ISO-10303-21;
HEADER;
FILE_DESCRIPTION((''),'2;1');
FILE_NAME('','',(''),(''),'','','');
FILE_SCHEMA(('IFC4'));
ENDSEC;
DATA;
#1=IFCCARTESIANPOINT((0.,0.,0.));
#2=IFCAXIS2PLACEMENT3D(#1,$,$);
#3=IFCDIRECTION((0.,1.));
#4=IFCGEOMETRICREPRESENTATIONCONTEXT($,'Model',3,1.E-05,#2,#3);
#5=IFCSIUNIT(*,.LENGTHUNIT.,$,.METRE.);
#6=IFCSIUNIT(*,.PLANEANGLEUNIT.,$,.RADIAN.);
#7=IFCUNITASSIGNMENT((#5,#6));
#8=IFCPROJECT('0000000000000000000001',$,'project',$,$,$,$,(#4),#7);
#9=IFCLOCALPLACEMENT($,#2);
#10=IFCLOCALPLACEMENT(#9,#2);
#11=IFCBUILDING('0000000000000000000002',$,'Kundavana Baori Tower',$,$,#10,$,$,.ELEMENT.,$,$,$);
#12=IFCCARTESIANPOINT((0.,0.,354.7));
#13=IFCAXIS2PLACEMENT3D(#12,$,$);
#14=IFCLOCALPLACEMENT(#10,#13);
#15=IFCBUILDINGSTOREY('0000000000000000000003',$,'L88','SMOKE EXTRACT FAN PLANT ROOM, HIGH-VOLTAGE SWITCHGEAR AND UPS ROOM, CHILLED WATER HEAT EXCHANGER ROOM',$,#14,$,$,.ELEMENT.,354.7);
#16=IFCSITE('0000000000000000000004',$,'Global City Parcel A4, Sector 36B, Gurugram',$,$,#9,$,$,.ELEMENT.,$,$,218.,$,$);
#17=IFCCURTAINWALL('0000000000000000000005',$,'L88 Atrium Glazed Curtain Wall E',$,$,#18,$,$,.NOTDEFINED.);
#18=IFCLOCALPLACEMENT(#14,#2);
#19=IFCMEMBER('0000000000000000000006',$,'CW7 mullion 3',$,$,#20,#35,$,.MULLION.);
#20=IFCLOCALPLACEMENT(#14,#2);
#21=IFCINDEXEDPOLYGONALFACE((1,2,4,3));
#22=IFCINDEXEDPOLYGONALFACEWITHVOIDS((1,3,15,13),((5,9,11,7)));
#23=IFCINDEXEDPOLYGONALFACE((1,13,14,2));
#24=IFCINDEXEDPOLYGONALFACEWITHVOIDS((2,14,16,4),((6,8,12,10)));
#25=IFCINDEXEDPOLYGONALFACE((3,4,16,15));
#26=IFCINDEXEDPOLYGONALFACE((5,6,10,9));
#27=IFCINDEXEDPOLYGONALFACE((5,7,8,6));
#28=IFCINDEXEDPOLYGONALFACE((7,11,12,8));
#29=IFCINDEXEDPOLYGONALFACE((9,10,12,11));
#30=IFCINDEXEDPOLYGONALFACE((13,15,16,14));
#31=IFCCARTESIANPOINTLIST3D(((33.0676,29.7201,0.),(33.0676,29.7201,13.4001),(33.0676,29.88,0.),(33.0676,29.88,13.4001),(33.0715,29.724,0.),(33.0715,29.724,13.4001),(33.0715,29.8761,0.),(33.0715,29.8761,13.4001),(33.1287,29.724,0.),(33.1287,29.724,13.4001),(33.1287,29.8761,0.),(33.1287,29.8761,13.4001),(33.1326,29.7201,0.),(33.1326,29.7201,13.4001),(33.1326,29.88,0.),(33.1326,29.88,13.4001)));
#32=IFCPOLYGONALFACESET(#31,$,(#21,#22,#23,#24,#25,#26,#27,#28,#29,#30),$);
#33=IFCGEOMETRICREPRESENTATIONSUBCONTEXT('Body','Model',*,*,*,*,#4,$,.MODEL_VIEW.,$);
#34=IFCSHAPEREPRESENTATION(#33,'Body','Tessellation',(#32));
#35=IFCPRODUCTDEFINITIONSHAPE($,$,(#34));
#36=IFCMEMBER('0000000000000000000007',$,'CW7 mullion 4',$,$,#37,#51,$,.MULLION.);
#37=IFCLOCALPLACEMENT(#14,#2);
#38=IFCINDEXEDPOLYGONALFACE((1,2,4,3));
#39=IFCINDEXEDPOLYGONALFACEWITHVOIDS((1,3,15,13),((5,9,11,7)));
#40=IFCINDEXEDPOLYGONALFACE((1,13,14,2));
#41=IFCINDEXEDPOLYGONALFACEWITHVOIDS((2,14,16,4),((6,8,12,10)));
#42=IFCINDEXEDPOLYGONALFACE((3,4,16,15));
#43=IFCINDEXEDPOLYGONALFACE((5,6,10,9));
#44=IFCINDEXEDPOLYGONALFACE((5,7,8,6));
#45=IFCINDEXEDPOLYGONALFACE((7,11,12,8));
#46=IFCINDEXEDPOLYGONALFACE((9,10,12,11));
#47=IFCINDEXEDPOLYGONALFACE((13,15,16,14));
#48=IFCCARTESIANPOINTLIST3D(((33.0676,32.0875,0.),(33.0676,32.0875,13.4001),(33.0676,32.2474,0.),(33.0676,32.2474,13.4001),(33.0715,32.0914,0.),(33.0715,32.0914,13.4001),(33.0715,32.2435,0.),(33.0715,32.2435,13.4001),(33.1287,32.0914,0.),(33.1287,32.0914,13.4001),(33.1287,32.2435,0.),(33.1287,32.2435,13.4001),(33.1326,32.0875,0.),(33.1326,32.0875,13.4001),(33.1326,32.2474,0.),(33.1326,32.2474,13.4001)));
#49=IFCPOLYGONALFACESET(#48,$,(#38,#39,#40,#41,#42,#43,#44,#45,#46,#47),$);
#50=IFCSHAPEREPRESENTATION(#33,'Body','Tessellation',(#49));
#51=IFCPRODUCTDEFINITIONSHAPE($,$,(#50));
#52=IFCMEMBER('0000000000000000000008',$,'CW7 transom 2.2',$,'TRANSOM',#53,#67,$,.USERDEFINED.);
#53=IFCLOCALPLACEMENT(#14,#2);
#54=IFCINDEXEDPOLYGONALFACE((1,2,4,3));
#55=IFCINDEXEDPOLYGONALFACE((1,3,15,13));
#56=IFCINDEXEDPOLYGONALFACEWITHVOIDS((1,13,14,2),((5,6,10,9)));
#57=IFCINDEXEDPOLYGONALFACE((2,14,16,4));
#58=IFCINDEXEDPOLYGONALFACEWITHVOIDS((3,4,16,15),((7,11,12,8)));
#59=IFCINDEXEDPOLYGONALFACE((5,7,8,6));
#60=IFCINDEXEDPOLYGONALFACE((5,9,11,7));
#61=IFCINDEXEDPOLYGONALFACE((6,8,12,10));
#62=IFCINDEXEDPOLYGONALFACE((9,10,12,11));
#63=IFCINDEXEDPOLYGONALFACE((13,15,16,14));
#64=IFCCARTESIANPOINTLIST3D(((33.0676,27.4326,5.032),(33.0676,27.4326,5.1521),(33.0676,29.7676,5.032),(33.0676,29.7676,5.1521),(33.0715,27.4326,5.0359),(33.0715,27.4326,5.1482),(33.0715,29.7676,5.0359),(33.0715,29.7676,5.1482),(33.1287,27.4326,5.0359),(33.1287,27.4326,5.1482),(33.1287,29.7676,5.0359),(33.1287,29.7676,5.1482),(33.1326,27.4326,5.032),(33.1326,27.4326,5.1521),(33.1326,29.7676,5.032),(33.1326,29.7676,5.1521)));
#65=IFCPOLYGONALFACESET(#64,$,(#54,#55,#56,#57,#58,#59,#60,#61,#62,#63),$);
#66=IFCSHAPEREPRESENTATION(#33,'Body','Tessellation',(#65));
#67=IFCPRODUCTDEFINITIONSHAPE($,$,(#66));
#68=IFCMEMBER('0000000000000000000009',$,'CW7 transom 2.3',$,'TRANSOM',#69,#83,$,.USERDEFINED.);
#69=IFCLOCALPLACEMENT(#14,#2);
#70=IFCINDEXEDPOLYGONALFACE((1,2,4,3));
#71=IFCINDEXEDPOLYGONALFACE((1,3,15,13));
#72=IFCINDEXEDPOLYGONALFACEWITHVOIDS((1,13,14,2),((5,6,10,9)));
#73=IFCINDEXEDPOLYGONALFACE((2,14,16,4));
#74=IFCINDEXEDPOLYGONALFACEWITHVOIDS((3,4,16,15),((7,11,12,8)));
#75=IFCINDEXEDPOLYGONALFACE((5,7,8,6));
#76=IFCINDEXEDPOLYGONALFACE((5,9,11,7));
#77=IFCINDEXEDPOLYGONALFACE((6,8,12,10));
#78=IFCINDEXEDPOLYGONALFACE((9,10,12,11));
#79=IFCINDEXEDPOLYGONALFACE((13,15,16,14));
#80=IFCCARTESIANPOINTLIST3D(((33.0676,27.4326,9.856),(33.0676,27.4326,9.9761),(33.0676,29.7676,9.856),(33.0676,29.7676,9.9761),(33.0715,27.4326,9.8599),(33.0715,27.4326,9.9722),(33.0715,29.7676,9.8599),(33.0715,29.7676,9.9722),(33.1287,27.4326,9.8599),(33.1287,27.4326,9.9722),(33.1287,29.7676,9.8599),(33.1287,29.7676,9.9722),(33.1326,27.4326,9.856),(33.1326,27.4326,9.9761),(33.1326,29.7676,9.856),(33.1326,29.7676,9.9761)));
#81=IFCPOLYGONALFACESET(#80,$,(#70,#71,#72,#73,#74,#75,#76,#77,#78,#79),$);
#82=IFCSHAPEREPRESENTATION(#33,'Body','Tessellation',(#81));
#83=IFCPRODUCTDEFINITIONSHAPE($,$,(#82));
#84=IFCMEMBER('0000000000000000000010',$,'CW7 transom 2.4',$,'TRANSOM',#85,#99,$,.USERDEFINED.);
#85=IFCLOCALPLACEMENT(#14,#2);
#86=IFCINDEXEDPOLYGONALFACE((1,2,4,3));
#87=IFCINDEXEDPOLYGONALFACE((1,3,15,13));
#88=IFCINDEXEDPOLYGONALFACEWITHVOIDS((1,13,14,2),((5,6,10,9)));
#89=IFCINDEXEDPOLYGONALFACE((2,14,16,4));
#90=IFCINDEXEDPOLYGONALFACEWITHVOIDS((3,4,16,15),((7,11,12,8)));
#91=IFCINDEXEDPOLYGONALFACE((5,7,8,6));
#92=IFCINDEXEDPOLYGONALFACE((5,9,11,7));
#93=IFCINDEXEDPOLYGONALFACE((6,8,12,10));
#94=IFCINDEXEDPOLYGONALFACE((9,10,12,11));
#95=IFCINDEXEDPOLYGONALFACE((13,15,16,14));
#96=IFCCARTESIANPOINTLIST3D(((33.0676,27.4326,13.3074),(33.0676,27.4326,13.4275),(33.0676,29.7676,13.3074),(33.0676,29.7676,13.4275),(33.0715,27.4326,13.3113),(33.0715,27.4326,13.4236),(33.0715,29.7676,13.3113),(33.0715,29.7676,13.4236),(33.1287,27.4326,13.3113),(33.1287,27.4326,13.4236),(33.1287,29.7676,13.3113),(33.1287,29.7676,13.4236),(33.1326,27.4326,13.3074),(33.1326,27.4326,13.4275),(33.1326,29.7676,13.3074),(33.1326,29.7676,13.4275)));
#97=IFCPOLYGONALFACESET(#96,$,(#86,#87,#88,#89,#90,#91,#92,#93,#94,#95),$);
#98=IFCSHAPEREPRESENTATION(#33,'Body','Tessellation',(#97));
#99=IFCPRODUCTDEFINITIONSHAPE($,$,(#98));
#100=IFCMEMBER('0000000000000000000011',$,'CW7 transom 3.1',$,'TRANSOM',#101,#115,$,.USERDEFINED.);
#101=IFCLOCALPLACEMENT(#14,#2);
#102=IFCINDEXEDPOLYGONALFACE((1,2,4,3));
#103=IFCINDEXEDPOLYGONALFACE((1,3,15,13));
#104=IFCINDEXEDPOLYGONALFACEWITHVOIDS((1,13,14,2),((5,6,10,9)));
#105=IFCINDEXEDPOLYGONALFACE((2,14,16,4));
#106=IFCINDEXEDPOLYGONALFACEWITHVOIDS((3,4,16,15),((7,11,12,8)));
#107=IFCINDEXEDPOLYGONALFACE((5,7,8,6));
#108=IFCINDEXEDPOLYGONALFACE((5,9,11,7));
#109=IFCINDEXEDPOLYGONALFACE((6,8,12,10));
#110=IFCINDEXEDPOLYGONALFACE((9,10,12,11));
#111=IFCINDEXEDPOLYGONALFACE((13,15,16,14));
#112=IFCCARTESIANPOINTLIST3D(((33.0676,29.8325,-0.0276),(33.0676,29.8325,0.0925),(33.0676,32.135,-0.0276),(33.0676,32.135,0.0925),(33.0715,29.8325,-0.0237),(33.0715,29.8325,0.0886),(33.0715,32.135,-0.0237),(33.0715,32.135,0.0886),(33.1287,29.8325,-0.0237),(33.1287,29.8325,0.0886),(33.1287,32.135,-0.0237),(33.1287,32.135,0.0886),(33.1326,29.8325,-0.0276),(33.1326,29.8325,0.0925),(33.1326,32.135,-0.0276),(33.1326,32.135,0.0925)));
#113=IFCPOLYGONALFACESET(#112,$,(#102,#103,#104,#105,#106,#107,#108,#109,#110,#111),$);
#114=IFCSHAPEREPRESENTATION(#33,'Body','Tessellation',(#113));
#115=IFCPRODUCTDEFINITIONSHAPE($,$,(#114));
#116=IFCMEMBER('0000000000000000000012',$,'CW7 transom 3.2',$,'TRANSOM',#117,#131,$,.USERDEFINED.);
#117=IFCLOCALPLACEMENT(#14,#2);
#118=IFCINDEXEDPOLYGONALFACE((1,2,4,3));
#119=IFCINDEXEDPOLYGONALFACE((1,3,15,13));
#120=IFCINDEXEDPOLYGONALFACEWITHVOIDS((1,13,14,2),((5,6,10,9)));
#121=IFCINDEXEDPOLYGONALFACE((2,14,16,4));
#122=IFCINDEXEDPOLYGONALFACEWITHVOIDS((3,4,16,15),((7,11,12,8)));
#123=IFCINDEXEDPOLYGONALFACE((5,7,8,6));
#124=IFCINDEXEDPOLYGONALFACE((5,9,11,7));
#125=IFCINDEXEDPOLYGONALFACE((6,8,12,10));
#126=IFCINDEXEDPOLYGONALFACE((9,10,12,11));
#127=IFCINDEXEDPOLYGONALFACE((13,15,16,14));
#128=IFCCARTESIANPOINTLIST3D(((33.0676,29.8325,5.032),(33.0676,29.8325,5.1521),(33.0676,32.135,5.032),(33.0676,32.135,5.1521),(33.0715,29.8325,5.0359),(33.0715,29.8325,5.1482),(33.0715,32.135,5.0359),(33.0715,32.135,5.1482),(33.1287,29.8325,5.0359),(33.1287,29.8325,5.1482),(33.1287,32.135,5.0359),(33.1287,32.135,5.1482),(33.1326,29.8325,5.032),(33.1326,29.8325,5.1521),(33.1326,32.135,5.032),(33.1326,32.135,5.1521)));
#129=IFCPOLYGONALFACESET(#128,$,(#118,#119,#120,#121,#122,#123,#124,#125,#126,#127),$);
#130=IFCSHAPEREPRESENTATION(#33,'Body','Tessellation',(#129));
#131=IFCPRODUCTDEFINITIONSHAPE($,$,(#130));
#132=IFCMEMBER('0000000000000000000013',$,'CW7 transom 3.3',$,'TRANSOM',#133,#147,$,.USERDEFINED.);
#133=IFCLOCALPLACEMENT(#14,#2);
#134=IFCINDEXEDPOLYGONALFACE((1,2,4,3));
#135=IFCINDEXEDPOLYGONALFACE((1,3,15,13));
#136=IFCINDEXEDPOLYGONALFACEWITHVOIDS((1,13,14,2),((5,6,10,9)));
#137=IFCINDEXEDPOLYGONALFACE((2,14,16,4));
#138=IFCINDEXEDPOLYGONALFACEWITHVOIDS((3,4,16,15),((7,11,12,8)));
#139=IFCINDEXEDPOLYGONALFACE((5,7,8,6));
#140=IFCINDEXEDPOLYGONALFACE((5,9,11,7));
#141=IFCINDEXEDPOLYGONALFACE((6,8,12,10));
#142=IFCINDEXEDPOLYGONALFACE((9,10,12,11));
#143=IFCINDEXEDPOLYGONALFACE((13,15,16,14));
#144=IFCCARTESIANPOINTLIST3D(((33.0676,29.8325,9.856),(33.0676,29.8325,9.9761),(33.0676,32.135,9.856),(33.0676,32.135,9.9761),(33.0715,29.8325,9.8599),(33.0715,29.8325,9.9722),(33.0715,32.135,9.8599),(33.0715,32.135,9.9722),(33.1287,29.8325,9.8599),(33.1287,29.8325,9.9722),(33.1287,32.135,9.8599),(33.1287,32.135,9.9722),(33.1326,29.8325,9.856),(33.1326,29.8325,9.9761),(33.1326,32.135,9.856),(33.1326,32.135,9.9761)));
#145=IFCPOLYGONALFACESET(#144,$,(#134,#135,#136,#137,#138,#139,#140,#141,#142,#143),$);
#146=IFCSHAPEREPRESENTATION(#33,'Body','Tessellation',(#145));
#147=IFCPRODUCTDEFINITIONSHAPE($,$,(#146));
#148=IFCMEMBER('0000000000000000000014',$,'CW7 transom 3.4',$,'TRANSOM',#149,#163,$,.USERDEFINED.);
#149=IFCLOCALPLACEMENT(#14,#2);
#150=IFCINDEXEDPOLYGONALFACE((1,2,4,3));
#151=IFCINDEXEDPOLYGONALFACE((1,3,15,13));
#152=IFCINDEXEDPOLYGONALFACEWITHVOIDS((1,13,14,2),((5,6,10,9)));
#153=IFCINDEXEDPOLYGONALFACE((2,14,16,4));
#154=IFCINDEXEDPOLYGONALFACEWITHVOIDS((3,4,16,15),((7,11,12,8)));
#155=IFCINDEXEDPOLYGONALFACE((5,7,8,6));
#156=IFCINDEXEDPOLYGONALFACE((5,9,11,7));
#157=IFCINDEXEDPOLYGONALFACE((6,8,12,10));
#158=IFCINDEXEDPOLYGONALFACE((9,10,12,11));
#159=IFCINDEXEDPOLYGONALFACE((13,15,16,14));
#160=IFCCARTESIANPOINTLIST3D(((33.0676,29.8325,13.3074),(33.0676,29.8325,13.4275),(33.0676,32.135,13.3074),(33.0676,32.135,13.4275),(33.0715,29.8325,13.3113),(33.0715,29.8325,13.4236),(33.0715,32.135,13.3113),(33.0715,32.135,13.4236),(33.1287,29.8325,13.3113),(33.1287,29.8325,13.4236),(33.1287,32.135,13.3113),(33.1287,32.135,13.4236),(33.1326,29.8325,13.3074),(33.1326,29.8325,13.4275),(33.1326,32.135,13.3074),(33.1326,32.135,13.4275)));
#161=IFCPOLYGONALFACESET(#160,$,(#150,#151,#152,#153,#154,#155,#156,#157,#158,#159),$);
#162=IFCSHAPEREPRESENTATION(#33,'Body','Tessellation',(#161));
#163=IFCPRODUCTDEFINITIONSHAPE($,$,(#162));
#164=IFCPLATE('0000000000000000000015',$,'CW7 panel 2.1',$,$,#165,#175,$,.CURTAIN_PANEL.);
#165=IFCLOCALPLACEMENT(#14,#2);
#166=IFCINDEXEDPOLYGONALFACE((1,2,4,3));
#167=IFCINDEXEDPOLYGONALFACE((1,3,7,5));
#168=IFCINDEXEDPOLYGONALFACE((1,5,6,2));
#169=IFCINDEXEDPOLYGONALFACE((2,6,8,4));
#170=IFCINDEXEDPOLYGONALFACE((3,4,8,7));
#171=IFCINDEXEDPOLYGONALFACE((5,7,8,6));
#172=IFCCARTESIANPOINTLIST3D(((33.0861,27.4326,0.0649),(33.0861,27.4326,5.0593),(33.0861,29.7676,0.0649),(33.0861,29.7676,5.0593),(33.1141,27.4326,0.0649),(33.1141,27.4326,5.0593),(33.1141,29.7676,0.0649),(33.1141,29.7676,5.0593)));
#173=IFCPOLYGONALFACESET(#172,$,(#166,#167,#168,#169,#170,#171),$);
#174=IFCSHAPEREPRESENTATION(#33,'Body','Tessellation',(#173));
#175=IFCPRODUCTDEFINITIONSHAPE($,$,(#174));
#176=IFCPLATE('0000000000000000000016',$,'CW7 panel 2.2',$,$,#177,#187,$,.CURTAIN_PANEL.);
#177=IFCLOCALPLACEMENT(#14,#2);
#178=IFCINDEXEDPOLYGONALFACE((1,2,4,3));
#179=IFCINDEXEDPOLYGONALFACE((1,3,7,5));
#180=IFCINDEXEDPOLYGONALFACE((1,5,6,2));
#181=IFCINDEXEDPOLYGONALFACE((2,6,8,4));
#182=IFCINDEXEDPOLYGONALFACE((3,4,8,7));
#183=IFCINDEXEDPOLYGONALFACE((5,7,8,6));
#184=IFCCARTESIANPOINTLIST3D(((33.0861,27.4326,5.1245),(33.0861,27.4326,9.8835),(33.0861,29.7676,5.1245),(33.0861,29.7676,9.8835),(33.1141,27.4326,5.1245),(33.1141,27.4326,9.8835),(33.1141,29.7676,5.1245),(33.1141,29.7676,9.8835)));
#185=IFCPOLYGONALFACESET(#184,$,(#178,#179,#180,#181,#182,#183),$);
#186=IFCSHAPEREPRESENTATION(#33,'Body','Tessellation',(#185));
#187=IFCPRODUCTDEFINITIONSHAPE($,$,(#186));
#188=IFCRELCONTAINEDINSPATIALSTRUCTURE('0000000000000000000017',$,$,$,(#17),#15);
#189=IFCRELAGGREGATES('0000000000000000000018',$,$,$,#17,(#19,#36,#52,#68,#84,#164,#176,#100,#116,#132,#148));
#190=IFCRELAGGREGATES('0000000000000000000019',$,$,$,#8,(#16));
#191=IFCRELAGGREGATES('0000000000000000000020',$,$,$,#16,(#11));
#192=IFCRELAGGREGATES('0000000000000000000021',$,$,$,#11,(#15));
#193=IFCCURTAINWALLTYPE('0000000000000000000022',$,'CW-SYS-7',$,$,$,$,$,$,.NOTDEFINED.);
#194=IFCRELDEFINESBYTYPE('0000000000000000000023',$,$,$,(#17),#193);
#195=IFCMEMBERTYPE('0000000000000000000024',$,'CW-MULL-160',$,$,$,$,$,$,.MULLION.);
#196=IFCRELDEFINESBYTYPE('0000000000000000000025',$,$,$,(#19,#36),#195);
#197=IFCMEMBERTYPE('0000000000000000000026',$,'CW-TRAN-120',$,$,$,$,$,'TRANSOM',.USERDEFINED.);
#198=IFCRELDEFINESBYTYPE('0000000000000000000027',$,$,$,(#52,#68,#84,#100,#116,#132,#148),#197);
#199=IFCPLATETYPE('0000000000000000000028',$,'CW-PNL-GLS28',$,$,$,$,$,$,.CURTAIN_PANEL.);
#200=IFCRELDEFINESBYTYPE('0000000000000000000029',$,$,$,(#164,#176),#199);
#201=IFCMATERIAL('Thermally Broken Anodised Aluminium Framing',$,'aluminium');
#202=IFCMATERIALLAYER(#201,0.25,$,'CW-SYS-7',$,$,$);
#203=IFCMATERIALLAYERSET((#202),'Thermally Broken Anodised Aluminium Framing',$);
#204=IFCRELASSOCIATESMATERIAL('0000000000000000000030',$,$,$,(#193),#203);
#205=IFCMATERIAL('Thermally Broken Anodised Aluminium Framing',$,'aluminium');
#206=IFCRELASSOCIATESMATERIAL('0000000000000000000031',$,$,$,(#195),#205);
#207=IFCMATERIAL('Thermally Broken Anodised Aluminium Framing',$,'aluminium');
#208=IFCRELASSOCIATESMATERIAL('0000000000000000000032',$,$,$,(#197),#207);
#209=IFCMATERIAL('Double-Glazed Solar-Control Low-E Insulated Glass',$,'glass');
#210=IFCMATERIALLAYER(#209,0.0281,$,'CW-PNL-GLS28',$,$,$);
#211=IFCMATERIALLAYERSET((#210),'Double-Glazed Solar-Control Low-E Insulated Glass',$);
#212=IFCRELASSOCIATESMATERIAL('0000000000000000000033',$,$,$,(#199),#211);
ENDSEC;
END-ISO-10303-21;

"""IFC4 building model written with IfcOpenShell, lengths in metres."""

from ifc_helpers import new_model, si_unit, direction, frame, origin, origin_2d, place, context, subcontext, project, spatial, rectangle, hollow_rectangle, extrude, material, layer, layer_set, material_profile, profile_set, type_object, element, aggregate, save


model = new_model("IFC4")

# Units and contexts
model_context = context("Model", 3, precision=1e-05, world=origin(), true_north=direction((0.0, 1.0)))
body_context = subcontext(model_context, "Body", "Model", "MODEL_VIEW")
ifc_project = project(units=[si_unit("LENGTHUNIT", "METRE"), si_unit("PLANEANGLEUNIT", "RADIAN")], contexts=[model_context])

# Site, building, storey
site_placement = place(None, origin())
site = spatial("IfcSite", under=ifc_project, at=site_placement, Name="Global City Parcel A4, Sector 36B, Gurugram", CompositionType="ELEMENT", RefElevation=218.0)
building_placement = place(site_placement, origin())
building = spatial("IfcBuilding", under=site, at=building_placement, Name="Kundavana Baori Tower", CompositionType="ELEMENT")
storey_placement = place(building_placement, frame((0.0, 0.0, 354.7)))
storey = spatial("IfcBuildingStorey", under=building, at=storey_placement, Name="L88", Description="SMOKE EXTRACT FAN PLANT ROOM, HIGH-VOLTAGE SWITCHGEAR AND UPS ROOM, CHILLED WATER HEAT EXCHANGER ROOM", CompositionType="ELEMENT", Elevation=354.7)

# Curtain wall, members, plates
ifc_material_1 = material(Name="Thermally Broken Anodised Aluminium Framing", Category="aluminium")
ifc_layer_1 = layer(ifc_material_1, 0.25, Name="CW-SYS-7")
ifc_layer_set_1 = layer_set([ifc_layer_1], Name="Thermally Broken Anodised Aluminium Framing")
curtain_wall_type = type_object("IfcCurtainWallType", Name="CW-SYS-7", PredefinedType="NOTDEFINED", material=ifc_layer_set_1)
curtain_wall_placement = place(storey_placement, origin())
curtain_wall = element("IfcCurtainWall", 1, at=curtain_wall_placement, inside=storey, type_object=curtain_wall_type, Name="L88 Atrium Glazed Curtain Wall E", PredefinedType="NOTDEFINED")
ifc_material_2 = material(Name="Thermally Broken Anodised Aluminium Framing", Category="aluminium")
ifc_material_profile_1 = material_profile(ifc_material_2, hollow_rectangle(XDim=0.0649, YDim=0.1599, WallThickness=0.0039, at=origin_2d()), Name="CW-MULL-160")
ifc_profile_set_1 = profile_set([ifc_material_profile_1], Name="Thermally Broken Anodised Aluminium Framing")
member_type_1 = type_object("IfcMemberType", Name="CW-MULL-160", PredefinedType="MULLION", material=ifc_profile_set_1)
member_1_placement = place(storey_placement, frame((33.1001, 29.8, 0.0), z_axis=(0.0, 0.0, 1.0), x_axis=(-1.0, 0.0, 0.0)))
member_1 = element("IfcMember", 2, at=member_1_placement, type_object=member_type_1, Name="CW7 mullion 3", PredefinedType="MULLION", context=body_context, shape_type="SweptSolid", body=[
    extrude(hollow_rectangle(XDim=0.0649, YDim=0.1599, WallThickness=0.0039, at=origin_2d()), origin(), (0.0, 0.0, 1.0), 13.4001),
])
member_2_placement = place(storey_placement, frame((33.1001, 32.1675, 0.0), z_axis=(0.0, 0.0, 1.0), x_axis=(-1.0, 0.0, 0.0)))
member_2 = element("IfcMember", 3, at=member_2_placement, type_object=member_type_1, Name="CW7 mullion 4", PredefinedType="MULLION", context=body_context, shape_type="SweptSolid", body=[
    extrude(hollow_rectangle(XDim=0.0649, YDim=0.1599, WallThickness=0.0039, at=origin_2d()), origin(), (0.0, 0.0, 1.0), 13.4001),
])
ifc_material_3 = material(Name="Thermally Broken Anodised Aluminium Framing", Category="aluminium")
ifc_material_profile_2 = material_profile(ifc_material_3, hollow_rectangle(XDim=0.0649, YDim=0.1201, WallThickness=0.0039, at=origin_2d()), Name="CW-TRAN-120")
ifc_profile_set_2 = profile_set([ifc_material_profile_2], Name="Thermally Broken Anodised Aluminium Framing")
member_type_2 = type_object("IfcMemberType", Name="CW-TRAN-120", ElementType="TRANSOM", PredefinedType="USERDEFINED", material=ifc_profile_set_2)
member_3_placement = place(storey_placement, frame((33.1001, 27.4326, 5.092), z_axis=(0.0, 1.0, 0.0), x_axis=(-1.0, 0.0, 0.0)))
member_3 = element("IfcMember", 4, at=member_3_placement, type_object=member_type_2, Name="CW7 transom 2.2", ObjectType="TRANSOM", PredefinedType="USERDEFINED", context=body_context, shape_type="SweptSolid", body=[
    extrude(hollow_rectangle(XDim=0.0649, YDim=0.1201, WallThickness=0.0039, at=origin_2d()), origin(), (0.0, 0.0, 1.0), 2.335),
])
member_4_placement = place(storey_placement, frame((33.1001, 27.4326, 9.916), z_axis=(0.0, 1.0, 0.0), x_axis=(-1.0, 0.0, 0.0)))
member_4 = element("IfcMember", 5, at=member_4_placement, type_object=member_type_2, Name="CW7 transom 2.3", ObjectType="TRANSOM", PredefinedType="USERDEFINED", context=body_context, shape_type="SweptSolid", body=[
    extrude(hollow_rectangle(XDim=0.0649, YDim=0.1201, WallThickness=0.0039, at=origin_2d()), origin(), (0.0, 0.0, 1.0), 2.335),
])
member_5_placement = place(storey_placement, frame((33.1001, 27.4326, 13.3674), z_axis=(0.0, 1.0, 0.0), x_axis=(-1.0, 0.0, 0.0)))
member_5 = element("IfcMember", 6, at=member_5_placement, type_object=member_type_2, Name="CW7 transom 2.4", ObjectType="TRANSOM", PredefinedType="USERDEFINED", context=body_context, shape_type="SweptSolid", body=[
    extrude(hollow_rectangle(XDim=0.0649, YDim=0.1201, WallThickness=0.0039, at=origin_2d()), origin(), (0.0, 0.0, 1.0), 2.335),
])
member_6_placement = place(storey_placement, frame((33.1001, 29.8325, 0.0325), z_axis=(0.0, 1.0, 0.0), x_axis=(-1.0, 0.0, 0.0)))
member_6 = element("IfcMember", 7, at=member_6_placement, type_object=member_type_2, Name="CW7 transom 3.1", ObjectType="TRANSOM", PredefinedType="USERDEFINED", context=body_context, shape_type="SweptSolid", body=[
    extrude(hollow_rectangle(XDim=0.0649, YDim=0.1201, WallThickness=0.0039, at=origin_2d()), origin(), (0.0, 0.0, 1.0), 2.3025),
])
member_7_placement = place(storey_placement, frame((33.1001, 29.8325, 5.092), z_axis=(0.0, 1.0, 0.0), x_axis=(-1.0, 0.0, 0.0)))
member_7 = element("IfcMember", 8, at=member_7_placement, type_object=member_type_2, Name="CW7 transom 3.2", ObjectType="TRANSOM", PredefinedType="USERDEFINED", context=body_context, shape_type="SweptSolid", body=[
    extrude(hollow_rectangle(XDim=0.0649, YDim=0.1201, WallThickness=0.0039, at=origin_2d()), origin(), (0.0, 0.0, 1.0), 2.3025),
])
member_8_placement = place(storey_placement, frame((33.1001, 29.8325, 9.916), z_axis=(0.0, 1.0, 0.0), x_axis=(-1.0, 0.0, 0.0)))
member_8 = element("IfcMember", 9, at=member_8_placement, type_object=member_type_2, Name="CW7 transom 3.3", ObjectType="TRANSOM", PredefinedType="USERDEFINED", context=body_context, shape_type="SweptSolid", body=[
    extrude(hollow_rectangle(XDim=0.0649, YDim=0.1201, WallThickness=0.0039, at=origin_2d()), origin(), (0.0, 0.0, 1.0), 2.3025),
])
member_9_placement = place(storey_placement, frame((33.1001, 29.8325, 13.3674), z_axis=(0.0, 1.0, 0.0), x_axis=(-1.0, 0.0, 0.0)))
member_9 = element("IfcMember", 10, at=member_9_placement, type_object=member_type_2, Name="CW7 transom 3.4", ObjectType="TRANSOM", PredefinedType="USERDEFINED", context=body_context, shape_type="SweptSolid", body=[
    extrude(hollow_rectangle(XDim=0.0649, YDim=0.1201, WallThickness=0.0039, at=origin_2d()), origin(), (0.0, 0.0, 1.0), 2.3025),
])
ifc_material_4 = material(Name="Double-Glazed Solar-Control Low-E Insulated Glass", Category="glass")
ifc_layer_2 = layer(ifc_material_4, 0.0281, Name="CW-PNL-GLS28")
ifc_layer_set_2 = layer_set([ifc_layer_2], Name="Double-Glazed Solar-Control Low-E Insulated Glass")
plate_type = type_object("IfcPlateType", Name="CW-PNL-GLS28", PredefinedType="CURTAIN_PANEL", material=ifc_layer_set_2)
plate_1_placement = place(storey_placement, frame((33.1001, 28.6001, 0.0649), z_axis=(0.0, 0.0, 1.0), x_axis=(0.0, 1.0, 0.0)))
plate_1 = element("IfcPlate", 11, at=plate_1_placement, type_object=plate_type, Name="CW7 panel 2.1", PredefinedType="CURTAIN_PANEL", context=body_context, shape_type="SweptSolid", body=[
    extrude(rectangle(XDim=2.335, YDim=0.0281, at=origin_2d()), origin(), (0.0, 0.0, 1.0), 4.9944),
])
plate_2_placement = place(storey_placement, frame((33.1001, 28.6001, 5.1245), z_axis=(0.0, 0.0, 1.0), x_axis=(0.0, 1.0, 0.0)))
plate_2 = element("IfcPlate", 12, at=plate_2_placement, type_object=plate_type, Name="CW7 panel 2.2", PredefinedType="CURTAIN_PANEL", context=body_context, shape_type="SweptSolid", body=[
    extrude(rectangle(XDim=2.335, YDim=0.0281, at=origin_2d()), origin(), (0.0, 0.0, 1.0), 4.759),
])
aggregate(curtain_wall, [member_1, member_2, member_3, member_4, member_5, plate_1, plate_2, member_6, member_7, member_8, member_9])

save(model, "model.ifc")
